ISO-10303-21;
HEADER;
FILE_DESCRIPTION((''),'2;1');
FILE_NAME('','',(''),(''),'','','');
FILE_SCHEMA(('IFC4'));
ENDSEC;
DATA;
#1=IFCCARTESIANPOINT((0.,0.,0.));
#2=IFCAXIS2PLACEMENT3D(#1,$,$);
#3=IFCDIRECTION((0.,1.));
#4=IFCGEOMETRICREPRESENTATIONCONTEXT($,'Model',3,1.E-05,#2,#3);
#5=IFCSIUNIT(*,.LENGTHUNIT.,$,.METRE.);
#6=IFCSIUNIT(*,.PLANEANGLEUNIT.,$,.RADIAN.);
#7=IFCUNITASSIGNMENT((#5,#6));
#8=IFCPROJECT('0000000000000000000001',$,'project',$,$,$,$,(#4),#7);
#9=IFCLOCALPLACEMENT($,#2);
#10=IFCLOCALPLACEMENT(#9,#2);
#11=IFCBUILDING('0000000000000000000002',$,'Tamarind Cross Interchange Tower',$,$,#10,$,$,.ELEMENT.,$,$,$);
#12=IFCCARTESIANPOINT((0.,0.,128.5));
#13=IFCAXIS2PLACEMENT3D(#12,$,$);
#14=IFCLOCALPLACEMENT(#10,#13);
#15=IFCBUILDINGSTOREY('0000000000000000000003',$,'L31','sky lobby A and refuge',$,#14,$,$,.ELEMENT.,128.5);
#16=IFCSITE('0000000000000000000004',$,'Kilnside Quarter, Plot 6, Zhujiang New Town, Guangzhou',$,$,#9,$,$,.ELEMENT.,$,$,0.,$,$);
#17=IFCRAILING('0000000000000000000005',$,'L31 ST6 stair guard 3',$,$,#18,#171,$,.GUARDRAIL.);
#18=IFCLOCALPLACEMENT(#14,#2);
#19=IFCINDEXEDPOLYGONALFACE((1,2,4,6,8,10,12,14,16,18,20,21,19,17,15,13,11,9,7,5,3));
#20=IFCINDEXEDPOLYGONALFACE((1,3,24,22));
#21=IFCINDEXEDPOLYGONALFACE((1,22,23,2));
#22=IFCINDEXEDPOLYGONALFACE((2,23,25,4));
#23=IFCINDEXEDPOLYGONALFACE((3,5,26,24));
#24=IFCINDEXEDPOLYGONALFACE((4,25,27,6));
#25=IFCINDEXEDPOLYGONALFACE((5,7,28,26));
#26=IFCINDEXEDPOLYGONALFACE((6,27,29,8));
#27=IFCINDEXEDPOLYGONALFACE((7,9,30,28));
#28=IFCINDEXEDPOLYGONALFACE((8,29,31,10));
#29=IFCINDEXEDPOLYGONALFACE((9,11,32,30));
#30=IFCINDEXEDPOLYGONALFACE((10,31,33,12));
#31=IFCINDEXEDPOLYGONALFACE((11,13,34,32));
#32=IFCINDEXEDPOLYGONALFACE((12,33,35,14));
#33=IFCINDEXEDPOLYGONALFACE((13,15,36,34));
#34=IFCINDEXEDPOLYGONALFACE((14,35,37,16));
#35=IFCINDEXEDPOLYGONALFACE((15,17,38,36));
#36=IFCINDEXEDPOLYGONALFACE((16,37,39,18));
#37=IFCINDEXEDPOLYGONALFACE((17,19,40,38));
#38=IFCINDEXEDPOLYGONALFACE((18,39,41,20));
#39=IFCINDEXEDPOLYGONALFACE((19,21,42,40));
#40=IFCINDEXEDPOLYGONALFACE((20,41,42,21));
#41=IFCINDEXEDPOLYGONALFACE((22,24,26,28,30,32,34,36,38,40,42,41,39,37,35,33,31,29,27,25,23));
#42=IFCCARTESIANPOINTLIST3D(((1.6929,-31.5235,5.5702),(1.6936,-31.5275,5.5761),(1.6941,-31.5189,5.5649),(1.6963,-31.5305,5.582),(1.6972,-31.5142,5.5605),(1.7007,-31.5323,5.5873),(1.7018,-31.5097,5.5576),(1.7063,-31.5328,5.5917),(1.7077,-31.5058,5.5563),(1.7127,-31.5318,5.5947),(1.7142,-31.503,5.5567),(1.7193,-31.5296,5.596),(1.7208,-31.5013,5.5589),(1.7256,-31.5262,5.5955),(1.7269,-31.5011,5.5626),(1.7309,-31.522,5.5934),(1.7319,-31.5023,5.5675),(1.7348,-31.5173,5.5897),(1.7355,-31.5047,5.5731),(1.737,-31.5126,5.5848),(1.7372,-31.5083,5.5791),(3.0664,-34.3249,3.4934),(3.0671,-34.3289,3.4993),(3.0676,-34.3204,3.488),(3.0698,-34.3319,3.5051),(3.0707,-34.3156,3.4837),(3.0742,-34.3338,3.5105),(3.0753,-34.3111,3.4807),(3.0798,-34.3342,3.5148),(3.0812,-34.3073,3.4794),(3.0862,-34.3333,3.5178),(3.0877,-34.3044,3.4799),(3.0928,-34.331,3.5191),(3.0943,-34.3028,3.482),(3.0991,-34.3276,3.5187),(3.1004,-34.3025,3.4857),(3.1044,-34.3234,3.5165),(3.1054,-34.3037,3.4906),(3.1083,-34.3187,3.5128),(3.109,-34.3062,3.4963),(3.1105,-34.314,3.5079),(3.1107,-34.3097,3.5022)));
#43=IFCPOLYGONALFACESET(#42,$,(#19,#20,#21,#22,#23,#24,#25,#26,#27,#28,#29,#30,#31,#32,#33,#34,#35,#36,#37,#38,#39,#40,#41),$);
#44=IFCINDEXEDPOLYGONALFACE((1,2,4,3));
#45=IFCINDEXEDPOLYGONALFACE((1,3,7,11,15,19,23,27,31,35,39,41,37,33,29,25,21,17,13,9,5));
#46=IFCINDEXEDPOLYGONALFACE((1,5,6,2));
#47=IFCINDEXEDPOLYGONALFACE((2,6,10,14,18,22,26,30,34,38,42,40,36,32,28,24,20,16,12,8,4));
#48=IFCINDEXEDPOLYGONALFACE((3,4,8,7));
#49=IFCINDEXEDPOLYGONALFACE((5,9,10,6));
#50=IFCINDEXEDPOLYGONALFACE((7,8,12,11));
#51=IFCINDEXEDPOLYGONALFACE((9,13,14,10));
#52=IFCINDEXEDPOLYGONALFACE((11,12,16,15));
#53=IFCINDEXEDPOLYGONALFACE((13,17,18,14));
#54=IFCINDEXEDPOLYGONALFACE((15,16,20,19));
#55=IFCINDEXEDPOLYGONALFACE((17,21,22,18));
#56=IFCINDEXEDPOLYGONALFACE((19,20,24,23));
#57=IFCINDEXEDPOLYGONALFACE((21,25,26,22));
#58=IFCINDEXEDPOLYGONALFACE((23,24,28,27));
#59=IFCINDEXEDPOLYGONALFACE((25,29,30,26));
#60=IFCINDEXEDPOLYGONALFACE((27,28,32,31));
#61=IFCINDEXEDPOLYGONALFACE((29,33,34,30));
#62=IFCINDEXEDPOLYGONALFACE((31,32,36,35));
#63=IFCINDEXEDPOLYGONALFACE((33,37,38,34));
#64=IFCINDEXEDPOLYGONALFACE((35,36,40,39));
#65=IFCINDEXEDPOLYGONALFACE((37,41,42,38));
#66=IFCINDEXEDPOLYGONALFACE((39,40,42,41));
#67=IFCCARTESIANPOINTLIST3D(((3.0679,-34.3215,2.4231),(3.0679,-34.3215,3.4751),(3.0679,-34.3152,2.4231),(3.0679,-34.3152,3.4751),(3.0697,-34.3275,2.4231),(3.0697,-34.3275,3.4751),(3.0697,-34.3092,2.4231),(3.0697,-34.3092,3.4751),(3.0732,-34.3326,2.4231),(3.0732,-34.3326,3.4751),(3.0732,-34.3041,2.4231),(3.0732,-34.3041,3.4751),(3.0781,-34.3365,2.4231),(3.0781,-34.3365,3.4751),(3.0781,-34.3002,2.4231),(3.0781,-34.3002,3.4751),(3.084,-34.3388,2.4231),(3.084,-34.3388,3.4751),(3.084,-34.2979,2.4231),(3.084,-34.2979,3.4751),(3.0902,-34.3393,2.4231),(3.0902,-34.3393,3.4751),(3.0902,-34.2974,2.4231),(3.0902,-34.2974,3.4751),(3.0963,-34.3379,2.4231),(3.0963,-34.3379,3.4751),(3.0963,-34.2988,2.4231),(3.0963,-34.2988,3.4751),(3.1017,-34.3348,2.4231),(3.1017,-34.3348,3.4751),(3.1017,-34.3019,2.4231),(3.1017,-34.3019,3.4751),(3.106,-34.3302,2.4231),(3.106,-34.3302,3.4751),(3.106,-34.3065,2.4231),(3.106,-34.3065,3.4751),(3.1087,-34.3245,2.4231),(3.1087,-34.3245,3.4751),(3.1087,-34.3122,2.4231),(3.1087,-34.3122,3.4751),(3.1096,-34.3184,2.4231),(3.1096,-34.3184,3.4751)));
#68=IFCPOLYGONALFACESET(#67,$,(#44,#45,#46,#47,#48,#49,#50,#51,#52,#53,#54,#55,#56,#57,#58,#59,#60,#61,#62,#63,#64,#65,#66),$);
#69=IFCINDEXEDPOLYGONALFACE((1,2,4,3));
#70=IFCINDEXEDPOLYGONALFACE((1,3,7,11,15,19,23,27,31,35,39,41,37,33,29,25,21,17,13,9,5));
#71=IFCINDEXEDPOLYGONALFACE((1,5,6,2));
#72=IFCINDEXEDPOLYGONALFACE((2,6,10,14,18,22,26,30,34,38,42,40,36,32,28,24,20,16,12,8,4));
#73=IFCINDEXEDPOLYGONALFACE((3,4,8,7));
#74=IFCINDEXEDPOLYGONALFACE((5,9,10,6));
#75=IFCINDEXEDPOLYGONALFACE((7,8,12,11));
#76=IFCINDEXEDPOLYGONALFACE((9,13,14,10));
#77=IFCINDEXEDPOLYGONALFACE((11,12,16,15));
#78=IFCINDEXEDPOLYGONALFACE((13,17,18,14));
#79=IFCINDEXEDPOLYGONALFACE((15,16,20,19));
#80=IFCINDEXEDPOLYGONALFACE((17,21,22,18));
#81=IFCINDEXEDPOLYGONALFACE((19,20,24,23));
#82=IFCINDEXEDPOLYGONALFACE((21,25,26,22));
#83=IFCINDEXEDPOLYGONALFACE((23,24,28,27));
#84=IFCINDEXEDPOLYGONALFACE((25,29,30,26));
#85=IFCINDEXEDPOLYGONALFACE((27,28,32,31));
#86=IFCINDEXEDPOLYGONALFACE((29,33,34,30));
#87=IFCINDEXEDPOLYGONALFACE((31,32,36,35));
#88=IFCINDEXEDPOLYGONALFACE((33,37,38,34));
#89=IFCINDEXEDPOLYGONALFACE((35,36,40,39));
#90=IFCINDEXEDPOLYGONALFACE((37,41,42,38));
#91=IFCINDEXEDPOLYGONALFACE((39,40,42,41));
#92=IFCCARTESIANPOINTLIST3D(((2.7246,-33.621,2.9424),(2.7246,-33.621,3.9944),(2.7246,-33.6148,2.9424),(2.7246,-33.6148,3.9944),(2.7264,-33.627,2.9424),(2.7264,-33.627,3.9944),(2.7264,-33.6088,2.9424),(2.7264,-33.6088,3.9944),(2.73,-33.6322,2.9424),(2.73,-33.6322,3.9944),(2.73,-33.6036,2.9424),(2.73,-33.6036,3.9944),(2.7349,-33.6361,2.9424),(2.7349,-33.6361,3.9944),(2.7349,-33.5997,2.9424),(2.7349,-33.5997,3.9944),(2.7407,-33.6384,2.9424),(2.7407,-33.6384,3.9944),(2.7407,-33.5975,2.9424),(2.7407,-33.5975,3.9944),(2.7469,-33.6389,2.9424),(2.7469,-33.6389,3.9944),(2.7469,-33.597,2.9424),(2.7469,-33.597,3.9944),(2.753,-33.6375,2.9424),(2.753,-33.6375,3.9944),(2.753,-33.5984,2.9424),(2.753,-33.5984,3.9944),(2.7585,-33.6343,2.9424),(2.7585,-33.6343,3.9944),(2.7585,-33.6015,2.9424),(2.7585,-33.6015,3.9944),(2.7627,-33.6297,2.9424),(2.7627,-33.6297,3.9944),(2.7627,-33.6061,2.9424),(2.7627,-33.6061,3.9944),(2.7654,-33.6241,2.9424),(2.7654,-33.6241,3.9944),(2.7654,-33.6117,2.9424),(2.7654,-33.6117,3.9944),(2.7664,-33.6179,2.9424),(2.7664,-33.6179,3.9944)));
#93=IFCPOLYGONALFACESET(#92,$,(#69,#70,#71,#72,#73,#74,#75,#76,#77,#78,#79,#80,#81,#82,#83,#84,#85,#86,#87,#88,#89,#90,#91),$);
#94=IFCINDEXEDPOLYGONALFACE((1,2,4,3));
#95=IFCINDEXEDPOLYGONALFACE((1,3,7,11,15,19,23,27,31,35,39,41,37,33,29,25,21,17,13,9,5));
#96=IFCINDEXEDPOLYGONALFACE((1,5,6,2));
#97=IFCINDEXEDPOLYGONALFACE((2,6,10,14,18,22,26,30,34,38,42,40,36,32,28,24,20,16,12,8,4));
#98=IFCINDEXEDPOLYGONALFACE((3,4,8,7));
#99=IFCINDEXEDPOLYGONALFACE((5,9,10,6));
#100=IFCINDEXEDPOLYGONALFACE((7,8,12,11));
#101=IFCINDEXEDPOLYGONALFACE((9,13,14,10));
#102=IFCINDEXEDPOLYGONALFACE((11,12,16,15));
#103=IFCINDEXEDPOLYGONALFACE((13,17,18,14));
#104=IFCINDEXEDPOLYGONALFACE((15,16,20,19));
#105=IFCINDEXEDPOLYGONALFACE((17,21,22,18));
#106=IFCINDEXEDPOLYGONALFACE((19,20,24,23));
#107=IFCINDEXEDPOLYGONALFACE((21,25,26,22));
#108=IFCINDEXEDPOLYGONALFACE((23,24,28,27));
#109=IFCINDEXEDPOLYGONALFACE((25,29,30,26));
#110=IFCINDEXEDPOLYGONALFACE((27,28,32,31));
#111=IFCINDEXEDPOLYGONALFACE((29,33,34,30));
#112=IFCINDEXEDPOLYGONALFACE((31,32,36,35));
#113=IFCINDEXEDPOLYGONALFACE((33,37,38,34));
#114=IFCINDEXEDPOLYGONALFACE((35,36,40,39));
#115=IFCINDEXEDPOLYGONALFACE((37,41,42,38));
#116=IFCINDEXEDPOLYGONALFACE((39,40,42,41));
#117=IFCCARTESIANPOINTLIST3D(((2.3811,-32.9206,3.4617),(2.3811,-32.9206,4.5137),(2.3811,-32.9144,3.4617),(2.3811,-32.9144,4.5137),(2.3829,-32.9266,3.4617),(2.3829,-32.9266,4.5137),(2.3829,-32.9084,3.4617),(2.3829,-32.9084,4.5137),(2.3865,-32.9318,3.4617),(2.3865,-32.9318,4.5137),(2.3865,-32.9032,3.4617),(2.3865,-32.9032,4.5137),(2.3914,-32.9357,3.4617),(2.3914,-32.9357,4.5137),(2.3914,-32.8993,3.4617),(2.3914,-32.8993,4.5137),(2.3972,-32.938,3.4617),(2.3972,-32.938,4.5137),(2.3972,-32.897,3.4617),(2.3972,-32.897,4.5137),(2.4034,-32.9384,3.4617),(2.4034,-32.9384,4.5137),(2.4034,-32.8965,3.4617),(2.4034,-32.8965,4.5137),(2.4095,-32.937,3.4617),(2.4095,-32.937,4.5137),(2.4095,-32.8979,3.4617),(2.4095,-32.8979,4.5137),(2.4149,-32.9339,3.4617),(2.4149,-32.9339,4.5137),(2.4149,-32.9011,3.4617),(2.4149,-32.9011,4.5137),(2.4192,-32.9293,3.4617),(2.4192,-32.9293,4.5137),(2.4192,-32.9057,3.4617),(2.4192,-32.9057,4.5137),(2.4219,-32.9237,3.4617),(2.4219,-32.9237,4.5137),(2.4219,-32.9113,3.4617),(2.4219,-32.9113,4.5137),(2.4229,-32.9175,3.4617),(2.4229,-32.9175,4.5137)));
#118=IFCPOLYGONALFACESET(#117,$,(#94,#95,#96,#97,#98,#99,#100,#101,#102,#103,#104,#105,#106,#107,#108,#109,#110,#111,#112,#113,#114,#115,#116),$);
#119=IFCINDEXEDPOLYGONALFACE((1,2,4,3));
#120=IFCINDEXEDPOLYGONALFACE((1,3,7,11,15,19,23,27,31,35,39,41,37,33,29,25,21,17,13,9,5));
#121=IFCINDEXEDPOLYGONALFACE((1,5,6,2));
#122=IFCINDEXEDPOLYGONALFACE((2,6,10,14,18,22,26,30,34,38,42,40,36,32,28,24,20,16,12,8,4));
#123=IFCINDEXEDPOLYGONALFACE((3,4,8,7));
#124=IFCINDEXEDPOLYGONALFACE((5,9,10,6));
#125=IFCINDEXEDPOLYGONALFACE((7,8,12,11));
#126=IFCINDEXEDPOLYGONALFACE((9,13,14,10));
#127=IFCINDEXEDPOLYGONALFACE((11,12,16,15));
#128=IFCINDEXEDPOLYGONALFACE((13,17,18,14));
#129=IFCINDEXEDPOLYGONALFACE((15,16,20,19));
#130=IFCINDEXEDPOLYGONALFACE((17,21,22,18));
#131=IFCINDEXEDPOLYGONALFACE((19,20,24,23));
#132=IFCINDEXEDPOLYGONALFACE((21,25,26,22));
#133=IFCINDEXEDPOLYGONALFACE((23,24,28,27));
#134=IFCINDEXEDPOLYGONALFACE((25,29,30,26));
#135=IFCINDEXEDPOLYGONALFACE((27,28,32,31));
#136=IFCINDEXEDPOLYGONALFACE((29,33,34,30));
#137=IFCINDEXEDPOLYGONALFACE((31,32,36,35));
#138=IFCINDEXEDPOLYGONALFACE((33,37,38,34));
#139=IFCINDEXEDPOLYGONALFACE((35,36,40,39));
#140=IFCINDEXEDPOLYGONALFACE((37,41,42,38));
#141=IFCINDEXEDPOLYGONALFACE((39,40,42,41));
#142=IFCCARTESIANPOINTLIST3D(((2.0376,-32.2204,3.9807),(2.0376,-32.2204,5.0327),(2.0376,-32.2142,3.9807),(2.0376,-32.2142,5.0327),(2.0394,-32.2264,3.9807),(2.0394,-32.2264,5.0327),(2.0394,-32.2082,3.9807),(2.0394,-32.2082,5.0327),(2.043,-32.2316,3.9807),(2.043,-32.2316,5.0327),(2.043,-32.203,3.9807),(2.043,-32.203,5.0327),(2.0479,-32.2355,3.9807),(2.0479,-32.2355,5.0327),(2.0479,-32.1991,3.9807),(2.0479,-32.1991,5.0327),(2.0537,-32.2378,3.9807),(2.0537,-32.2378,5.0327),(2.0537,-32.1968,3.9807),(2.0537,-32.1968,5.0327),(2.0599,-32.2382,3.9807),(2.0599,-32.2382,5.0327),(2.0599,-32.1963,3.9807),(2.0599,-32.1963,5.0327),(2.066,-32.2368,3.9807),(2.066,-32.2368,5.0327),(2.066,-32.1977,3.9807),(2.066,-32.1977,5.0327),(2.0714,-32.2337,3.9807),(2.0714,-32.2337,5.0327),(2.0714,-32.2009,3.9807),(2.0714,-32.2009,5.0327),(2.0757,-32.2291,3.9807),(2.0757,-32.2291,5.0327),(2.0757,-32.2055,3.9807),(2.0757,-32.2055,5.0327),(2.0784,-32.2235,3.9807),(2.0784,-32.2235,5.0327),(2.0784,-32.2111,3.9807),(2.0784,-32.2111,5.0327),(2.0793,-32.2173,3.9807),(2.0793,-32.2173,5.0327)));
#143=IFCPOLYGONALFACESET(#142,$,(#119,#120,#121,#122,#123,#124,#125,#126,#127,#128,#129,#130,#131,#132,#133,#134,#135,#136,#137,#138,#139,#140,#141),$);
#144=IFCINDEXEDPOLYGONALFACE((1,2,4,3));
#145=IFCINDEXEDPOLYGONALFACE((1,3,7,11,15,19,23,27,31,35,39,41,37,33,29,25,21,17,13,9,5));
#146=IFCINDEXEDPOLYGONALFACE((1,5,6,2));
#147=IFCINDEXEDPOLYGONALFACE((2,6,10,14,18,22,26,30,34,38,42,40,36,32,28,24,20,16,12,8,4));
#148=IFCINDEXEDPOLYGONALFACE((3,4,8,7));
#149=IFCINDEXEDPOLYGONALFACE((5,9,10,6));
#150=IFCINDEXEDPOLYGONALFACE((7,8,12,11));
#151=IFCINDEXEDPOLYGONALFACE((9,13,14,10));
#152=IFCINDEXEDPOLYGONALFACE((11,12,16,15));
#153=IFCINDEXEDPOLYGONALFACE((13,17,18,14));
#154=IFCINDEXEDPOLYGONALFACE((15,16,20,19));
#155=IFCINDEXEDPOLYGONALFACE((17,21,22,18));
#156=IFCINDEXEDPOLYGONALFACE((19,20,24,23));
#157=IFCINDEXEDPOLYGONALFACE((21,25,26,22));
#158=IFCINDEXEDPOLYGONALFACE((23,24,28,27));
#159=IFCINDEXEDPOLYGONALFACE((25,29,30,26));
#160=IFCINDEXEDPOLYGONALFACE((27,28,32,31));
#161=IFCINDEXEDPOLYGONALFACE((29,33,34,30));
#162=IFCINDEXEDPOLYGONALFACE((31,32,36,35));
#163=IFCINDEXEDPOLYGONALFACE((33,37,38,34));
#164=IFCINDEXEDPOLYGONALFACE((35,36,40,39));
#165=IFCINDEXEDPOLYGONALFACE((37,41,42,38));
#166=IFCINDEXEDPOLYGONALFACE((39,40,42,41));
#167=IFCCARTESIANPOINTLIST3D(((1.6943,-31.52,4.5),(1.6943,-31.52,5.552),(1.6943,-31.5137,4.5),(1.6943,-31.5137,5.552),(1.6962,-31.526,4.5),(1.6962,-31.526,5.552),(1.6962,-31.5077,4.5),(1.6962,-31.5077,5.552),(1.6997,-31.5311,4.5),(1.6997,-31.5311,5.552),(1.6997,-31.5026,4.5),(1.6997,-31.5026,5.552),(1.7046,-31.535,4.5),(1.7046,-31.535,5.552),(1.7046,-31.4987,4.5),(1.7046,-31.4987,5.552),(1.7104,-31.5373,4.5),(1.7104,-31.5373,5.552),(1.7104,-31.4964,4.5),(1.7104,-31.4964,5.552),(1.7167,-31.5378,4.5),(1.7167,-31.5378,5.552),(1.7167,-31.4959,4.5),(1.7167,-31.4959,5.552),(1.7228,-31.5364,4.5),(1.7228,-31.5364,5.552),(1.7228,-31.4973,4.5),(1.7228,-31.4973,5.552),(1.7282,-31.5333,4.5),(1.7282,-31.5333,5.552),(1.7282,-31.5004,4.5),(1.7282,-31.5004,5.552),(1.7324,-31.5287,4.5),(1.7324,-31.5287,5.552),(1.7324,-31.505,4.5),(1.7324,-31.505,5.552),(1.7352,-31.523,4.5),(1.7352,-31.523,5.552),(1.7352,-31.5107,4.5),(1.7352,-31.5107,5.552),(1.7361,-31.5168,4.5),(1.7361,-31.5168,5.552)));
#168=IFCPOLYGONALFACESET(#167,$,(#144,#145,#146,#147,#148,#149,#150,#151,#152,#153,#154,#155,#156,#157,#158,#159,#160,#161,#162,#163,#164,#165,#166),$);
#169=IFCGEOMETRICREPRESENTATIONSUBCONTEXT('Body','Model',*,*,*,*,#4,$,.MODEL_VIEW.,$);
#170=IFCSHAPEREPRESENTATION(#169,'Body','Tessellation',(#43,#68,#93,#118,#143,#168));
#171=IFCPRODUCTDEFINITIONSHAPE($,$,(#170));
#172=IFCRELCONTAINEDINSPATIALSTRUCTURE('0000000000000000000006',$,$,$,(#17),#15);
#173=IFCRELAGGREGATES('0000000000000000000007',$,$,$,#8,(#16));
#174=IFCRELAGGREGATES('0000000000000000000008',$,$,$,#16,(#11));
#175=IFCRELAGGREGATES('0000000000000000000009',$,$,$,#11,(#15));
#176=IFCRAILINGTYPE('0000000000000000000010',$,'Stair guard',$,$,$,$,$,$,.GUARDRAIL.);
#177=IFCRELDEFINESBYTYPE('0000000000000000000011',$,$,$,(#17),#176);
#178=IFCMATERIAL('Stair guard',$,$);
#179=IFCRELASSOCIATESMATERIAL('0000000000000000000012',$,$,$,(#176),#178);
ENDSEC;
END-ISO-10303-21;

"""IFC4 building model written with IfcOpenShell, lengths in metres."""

from ifc_helpers import new_model, si_unit, direction, frame, origin, origin_2d, place, context, subcontext, project, spatial, circle, extrude, material, type_object, element, save


model = new_model("IFC4")

# Units and contexts
model_context = context("Model", 3, precision=1e-05, world=origin(), true_north=direction((0.0, 1.0)))
body_context = subcontext(model_context, "Body", "Model", "MODEL_VIEW")
ifc_project = project(units=[si_unit("LENGTHUNIT", "METRE"), si_unit("PLANEANGLEUNIT", "RADIAN")], contexts=[model_context])

# Site, building, storey
site_placement = place(None, origin())
site = spatial("IfcSite", under=ifc_project, at=site_placement, Name="Kilnside Quarter, Plot 6, Zhujiang New Town, Guangzhou", CompositionType="ELEMENT", RefElevation=0.0)
building_placement = place(site_placement, origin())
building = spatial("IfcBuilding", under=site, at=building_placement, Name="Tamarind Cross Interchange Tower", CompositionType="ELEMENT")
storey_placement = place(building_placement, frame((0.0, 0.0, 128.5)))
storey = spatial("IfcBuildingStorey", under=building, at=storey_placement, Name="L31", Description="sky lobby A and refuge", CompositionType="ELEMENT", Elevation=128.5)

# Railing
ifc_material_1 = material(Name="Stair guard")
railing_type_1 = type_object("IfcRailingType", Name="Stair guard", PredefinedType="GUARDRAIL", material=ifc_material_1)
railing_1_placement = place(storey_placement, frame((3.0886, -34.3184, 2.4231)))
element("IfcRailing", 1, at=railing_1_placement, inside=storey, type_object=railing_type_1, Name="L31 ST6 stair guard 3", PredefinedType="GUARDRAIL", context=body_context, shape_type="SweptSolid", body=[
    extrude(circle(Radius=0.0239, at=origin_2d()), frame((0.0, 0.0, 1.0762), z_axis=(-0.366457, 0.74744, 0.554115), x_axis=(-0.89789, -0.44022, 0.0)), (0.0, 0.0, 1.0), 3.748),
    extrude(circle(Radius=0.021, at=origin_2d()), origin(), (0.0, 0.0, 1.0), 1.052),
    extrude(circle(Radius=0.021, at=origin_2d()), frame((-0.3433, 0.7004, 0.5193)), (0.0, 0.0, 1.0), 1.052),
    extrude(circle(Radius=0.021, at=origin_2d()), frame((-0.6868, 1.4009, 1.0386)), (0.0, 0.0, 1.0), 1.052),
    extrude(circle(Radius=0.021, at=origin_2d()), frame((-1.0303, 2.1011, 1.5576)), (0.0, 0.0, 1.0), 1.052),
    extrude(circle(Radius=0.021, at=origin_2d()), frame((-1.3735, 2.8015, 2.0769)), (0.0, 0.0, 1.0), 1.052),
])

save(model, "model.ifc")
